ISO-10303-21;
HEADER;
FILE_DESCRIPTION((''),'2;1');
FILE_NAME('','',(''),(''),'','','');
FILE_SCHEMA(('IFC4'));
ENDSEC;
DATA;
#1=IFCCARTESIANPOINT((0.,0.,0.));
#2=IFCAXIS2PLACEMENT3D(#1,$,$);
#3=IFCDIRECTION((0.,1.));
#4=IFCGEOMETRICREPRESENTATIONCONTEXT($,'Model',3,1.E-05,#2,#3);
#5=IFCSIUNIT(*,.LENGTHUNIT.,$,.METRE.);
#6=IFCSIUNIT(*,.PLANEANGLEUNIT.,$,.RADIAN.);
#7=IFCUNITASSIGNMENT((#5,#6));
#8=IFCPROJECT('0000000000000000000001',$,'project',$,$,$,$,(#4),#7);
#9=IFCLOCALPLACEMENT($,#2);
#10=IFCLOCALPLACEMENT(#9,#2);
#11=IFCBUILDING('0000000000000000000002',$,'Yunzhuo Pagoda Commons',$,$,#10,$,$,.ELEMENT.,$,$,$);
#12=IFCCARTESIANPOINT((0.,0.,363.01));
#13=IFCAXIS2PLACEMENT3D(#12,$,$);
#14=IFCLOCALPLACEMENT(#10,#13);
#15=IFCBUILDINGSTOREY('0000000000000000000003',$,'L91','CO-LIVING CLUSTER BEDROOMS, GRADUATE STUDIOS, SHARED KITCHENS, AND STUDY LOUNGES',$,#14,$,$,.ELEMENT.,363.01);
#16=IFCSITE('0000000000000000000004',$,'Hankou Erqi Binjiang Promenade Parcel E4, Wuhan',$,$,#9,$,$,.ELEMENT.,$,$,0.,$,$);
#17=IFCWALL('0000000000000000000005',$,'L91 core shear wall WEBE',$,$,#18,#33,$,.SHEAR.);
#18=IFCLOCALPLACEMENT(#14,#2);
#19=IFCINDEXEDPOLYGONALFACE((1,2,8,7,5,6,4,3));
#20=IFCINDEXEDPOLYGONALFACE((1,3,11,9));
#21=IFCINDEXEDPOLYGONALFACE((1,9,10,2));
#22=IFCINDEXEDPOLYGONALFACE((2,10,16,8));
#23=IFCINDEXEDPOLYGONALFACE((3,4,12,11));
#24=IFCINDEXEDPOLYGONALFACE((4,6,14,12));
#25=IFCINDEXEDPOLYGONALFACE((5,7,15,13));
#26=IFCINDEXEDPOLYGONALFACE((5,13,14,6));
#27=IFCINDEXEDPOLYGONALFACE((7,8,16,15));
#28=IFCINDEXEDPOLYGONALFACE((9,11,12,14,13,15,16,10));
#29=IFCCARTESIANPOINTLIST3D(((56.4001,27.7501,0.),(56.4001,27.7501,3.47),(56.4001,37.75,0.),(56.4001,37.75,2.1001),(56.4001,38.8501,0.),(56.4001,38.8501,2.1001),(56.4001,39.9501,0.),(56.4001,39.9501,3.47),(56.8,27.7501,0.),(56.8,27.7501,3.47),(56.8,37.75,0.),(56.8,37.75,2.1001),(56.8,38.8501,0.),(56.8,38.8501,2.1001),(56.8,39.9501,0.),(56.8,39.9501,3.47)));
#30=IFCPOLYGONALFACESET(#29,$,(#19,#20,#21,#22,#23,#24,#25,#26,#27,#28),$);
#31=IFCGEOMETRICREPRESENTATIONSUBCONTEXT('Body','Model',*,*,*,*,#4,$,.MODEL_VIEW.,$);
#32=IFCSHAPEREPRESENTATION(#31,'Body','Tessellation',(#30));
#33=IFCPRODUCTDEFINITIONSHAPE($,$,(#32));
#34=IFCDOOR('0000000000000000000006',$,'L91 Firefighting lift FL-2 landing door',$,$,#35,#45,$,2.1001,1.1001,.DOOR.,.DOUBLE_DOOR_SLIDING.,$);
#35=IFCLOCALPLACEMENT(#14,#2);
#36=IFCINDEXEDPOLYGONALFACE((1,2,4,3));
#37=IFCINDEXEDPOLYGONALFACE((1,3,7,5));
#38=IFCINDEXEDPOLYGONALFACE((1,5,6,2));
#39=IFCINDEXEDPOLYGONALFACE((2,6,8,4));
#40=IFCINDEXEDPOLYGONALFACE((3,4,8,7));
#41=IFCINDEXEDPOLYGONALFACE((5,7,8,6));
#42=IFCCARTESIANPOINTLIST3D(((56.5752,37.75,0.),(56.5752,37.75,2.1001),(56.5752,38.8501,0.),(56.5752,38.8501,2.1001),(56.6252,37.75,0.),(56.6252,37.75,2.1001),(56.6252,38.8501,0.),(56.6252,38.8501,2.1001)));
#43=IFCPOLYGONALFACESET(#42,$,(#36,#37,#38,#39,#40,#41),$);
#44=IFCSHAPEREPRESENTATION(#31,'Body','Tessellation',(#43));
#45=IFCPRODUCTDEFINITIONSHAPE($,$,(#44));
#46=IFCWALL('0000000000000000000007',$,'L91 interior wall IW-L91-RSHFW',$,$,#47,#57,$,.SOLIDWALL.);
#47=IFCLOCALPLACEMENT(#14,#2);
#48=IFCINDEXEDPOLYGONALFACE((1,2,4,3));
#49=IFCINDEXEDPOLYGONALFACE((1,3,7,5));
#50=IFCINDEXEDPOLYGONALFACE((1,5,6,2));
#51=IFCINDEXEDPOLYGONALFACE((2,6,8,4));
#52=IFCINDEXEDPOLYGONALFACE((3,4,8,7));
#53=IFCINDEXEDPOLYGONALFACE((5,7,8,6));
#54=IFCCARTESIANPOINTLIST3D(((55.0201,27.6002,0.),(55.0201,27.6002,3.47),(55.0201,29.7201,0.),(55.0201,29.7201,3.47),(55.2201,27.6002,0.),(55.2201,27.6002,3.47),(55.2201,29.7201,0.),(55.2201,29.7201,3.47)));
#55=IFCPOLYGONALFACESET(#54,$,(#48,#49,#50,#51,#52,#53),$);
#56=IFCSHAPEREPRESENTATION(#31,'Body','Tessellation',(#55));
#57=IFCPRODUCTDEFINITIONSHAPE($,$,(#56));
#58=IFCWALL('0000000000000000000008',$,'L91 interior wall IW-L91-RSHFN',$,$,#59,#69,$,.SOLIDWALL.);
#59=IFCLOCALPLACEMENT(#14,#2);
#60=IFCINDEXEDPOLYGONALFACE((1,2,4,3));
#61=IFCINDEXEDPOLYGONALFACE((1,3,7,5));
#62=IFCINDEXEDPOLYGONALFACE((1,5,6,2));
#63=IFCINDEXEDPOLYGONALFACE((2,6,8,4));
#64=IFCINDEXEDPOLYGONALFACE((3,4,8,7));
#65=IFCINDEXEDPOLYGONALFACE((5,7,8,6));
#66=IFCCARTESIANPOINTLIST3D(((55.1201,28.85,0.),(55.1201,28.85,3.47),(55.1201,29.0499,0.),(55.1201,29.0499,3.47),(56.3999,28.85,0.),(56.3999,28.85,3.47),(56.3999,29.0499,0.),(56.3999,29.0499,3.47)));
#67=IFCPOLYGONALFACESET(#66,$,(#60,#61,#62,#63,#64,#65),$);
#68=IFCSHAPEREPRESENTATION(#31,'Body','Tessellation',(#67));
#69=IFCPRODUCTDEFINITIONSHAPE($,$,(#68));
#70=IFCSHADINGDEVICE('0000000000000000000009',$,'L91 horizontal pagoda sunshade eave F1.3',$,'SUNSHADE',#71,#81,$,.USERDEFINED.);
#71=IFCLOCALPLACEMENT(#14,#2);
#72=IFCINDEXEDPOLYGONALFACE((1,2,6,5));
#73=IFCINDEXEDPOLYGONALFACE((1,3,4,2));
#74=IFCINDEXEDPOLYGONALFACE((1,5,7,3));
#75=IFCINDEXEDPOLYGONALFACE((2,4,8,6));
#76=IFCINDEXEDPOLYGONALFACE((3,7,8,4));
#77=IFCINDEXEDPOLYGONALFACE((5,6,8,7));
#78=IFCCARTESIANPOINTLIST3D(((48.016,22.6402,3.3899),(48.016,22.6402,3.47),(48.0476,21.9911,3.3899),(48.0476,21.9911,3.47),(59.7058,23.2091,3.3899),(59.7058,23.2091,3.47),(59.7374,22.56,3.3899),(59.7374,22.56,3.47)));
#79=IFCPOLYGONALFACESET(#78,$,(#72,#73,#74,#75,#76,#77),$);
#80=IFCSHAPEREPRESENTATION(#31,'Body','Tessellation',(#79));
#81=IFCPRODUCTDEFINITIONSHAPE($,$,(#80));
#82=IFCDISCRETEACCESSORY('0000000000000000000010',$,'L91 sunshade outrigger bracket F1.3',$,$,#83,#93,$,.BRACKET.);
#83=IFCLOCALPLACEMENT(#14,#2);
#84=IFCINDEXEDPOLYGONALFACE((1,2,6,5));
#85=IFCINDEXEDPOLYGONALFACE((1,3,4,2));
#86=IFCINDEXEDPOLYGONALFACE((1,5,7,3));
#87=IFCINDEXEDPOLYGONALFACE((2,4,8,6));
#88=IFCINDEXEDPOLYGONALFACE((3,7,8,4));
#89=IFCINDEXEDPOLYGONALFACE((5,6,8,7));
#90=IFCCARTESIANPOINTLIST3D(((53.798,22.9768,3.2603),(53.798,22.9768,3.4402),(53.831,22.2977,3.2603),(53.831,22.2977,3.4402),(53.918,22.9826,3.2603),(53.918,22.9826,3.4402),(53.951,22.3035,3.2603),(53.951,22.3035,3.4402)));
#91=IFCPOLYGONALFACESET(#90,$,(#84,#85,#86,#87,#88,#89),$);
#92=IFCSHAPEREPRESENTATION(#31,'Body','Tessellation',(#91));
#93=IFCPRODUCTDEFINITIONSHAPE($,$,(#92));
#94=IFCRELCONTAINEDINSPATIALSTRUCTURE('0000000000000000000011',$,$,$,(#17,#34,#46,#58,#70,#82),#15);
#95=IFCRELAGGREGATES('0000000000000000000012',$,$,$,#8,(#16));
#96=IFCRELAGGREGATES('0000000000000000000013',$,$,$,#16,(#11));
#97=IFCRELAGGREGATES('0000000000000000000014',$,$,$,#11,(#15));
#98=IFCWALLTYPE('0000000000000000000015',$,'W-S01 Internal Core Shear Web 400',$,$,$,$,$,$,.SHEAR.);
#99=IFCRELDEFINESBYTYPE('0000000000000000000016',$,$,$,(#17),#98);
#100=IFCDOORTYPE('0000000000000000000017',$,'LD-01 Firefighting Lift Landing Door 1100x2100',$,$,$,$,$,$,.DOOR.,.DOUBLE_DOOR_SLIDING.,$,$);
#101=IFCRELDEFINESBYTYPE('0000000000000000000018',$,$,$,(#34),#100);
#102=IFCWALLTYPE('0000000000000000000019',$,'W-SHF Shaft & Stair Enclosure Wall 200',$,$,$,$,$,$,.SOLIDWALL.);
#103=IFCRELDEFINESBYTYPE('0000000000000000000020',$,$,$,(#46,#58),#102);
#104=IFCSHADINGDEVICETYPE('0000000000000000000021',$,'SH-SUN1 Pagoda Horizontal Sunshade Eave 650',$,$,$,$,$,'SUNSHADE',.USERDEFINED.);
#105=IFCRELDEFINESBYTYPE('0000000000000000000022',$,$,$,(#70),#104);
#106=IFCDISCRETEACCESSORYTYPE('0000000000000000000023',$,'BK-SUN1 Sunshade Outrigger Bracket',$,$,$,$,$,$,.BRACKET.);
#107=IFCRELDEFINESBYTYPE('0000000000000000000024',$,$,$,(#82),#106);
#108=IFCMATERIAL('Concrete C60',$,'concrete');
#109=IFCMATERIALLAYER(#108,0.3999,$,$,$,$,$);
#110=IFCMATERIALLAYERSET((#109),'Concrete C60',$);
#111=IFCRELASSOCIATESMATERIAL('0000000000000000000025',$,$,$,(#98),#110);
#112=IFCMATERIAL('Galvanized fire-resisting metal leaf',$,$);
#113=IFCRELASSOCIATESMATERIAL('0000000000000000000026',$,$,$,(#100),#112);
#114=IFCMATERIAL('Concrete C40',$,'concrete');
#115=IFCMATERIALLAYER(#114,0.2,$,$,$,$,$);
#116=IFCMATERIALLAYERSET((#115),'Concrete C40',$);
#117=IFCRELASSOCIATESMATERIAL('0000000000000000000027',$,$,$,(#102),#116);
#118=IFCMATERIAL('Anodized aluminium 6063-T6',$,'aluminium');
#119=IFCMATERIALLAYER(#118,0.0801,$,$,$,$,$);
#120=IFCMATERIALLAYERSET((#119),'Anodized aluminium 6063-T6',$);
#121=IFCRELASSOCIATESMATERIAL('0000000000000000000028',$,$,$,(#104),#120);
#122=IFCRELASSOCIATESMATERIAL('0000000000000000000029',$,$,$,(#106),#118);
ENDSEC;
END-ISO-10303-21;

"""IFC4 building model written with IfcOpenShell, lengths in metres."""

from ifc_helpers import new_model, si_unit, direction, frame, frame_2d, origin, origin_with_axes, origin_2d, place, context, subcontext, project, spatial, rectangle, extrude, source, transform, mapped, material, layer, layer_set, type_object, element, fill, save


model = new_model("IFC4")

# Units and contexts
model_context = context("Model", 3, precision=1e-05, world=origin(), true_north=direction((0.0, 1.0)))
body_context = subcontext(model_context, "Body", "Model", "MODEL_VIEW")
ifc_project = project(units=[si_unit("LENGTHUNIT", "METRE"), si_unit("PLANEANGLEUNIT", "RADIAN")], contexts=[model_context])

# Site, building, storey
site_placement = place(None, origin())
site = spatial("IfcSite", under=ifc_project, at=site_placement, Name="Hankou Erqi Binjiang Promenade Parcel E4, Wuhan", CompositionType="ELEMENT", RefElevation=0.0)
building_placement = place(site_placement, origin())
building = spatial("IfcBuilding", under=site, at=building_placement, Name="Yunzhuo Pagoda Commons", CompositionType="ELEMENT")
storey_placement = place(building_placement, frame((0.0, 0.0, 363.01)))
storey = spatial("IfcBuildingStorey", under=building, at=storey_placement, Name="L91", Description="CO-LIVING CLUSTER BEDROOMS, GRADUATE STUDIOS, SHARED KITCHENS, AND STUDY LOUNGES", CompositionType="ELEMENT", Elevation=363.01)

# Shared definitions
ifc_material_1 = material(Name="Anodized aluminium 6063-T6", Category="aluminium")

# Shared definitions
ifc_material_2 = material(Name="Galvanized fire-resisting metal leaf")

# Wall, opening, door
ifc_material_3 = material(Name="Concrete C60", Category="concrete")
ifc_layer_1 = layer(ifc_material_3, 0.3999)
ifc_layer_set_1 = layer_set([ifc_layer_1], Name="Concrete C60")
wall_type_1 = type_object("IfcWallType", Name="W-S01 Internal Core Shear Web 400", PredefinedType="SHEAR", material=ifc_layer_set_1)
wall_1_placement = place(storey_placement, frame((56.6001, 27.75, 0.0), z_axis=(0.0, 0.0, 1.0), x_axis=(0.0, 1.0, 0.0)))
wall_1 = element("IfcWall", 1, at=wall_1_placement, inside=storey, type_object=wall_type_1, Name="L91 core shear wall WEBE", PredefinedType="SHEAR", context=body_context, shape_type="SweptSolid", body=[
    extrude(rectangle(XDim=12.2, YDim=0.3999, at=frame_2d((6.1001, 0.0))), origin(), (0.0, 0.0, 1.0), 3.47),
])
opening_1_placement = place(wall_1_placement, frame((10.0, 0.0, 0.0)))
opening_1 = element("IfcOpeningElement", 2, at=opening_1_placement, cuts=wall_1, PredefinedType="OPENING", context=body_context, shape_type="SweptSolid", body=[
    extrude(rectangle(XDim=1.1001, YDim=2.1001, at=frame_2d((0.55, 1.05))), frame((0.0, 0.21, 0.0), z_axis=(0.0, -1.0, 0.0), x_axis=(1.0, 0.0, 0.0)), (0.0, 0.0, 1.0), 0.4199),
])
door_type_1 = type_object("IfcDoorType", Name="LD-01 Firefighting Lift Landing Door 1100x2100", OperationType="DOUBLE_DOOR_SLIDING", PredefinedType="DOOR", material=ifc_material_2)
shared_shape_1 = source(origin(), body_context, "Body", "SweptSolid", [
    extrude(rectangle(XDim=1.1001, YDim=2.1001, at=frame_2d((0.55, 1.05))), frame((0.0, 0.0249, 0.0), z_axis=(0.0, -1.0, 0.0), x_axis=(1.0, 0.0, 0.0)), (0.0, 0.0, 1.0), 0.05),
])
door_1_placement = place(opening_1_placement, origin_with_axes())
door_1 = element("IfcDoor", 3, at=door_1_placement, inside=storey, type_object=door_type_1, Name="L91 Firefighting lift FL-2 landing door", OperationType="DOUBLE_DOOR_SLIDING", OverallHeight=2.1001, OverallWidth=1.1001, PredefinedType="DOOR", context=body_context, shape_type="MappedRepresentation", body=[
    mapped(shared_shape_1, transform((0.0, 0.0, 0.0), scale=1.0)),
])
fill(opening_1, door_1)

# Walls
ifc_material_4 = material(Name="Concrete C40", Category="concrete")
ifc_layer_2 = layer(ifc_material_4, 0.2)
ifc_layer_set_2 = layer_set([ifc_layer_2], Name="Concrete C40")
wall_type_2 = type_object("IfcWallType", Name="W-SHF Shaft & Stair Enclosure Wall 200", PredefinedType="SOLIDWALL", material=ifc_layer_set_2)
wall_2_placement = place(storey_placement, frame((55.1201, 27.6001, 0.0), z_axis=(0.0, 0.0, 1.0), x_axis=(0.0, 1.0, 0.0)))
element("IfcWall", 4, at=wall_2_placement, inside=storey, type_object=wall_type_2, Name="L91 interior wall IW-L91-RSHFW", PredefinedType="SOLIDWALL", context=body_context, shape_type="SweptSolid", body=[
    extrude(rectangle(XDim=2.1199, YDim=0.2, at=frame_2d((1.0601, 0.0))), origin(), (0.0, 0.0, 1.0), 3.47),
])
wall_3_placement = place(storey_placement, frame((55.1201, 28.95, 0.0), z_axis=(0.0, 0.0, 1.0), x_axis=(1.0, 0.0, 0.0)))
element("IfcWall", 5, at=wall_3_placement, inside=storey, type_object=wall_type_2, Name="L91 interior wall IW-L91-RSHFN", PredefinedType="SOLIDWALL", context=body_context, shape_type="SweptSolid", body=[
    extrude(rectangle(XDim=1.2798, YDim=0.2, at=frame_2d((0.6399, 0.0))), origin(), (0.0, 0.0, 1.0), 3.47),
])

# Shading device
ifc_layer_3 = layer(ifc_material_1, 0.0801)
ifc_layer_set_3 = layer_set([ifc_layer_3], Name="Anodized aluminium 6063-T6")
shading_device_type = type_object("IfcShadingDeviceType", Name="SH-SUN1 Pagoda Horizontal Sunshade Eave 650", ElementType="SUNSHADE", PredefinedType="USERDEFINED", material=ifc_layer_set_3)
shared_shape_2 = source(origin(), body_context, "Body", "SweptSolid", [
    extrude(rectangle(XDim=11.7036, YDim=0.6499, at=origin_2d()), origin(), (0.0, 0.0, 1.0), 0.0801),
])
shading_device_placement = place(storey_placement, frame((53.8767, 22.6001, 3.3899), z_axis=(0.0, 0.0, 1.0), x_axis=(0.998818, 0.048606, 0.0)))
element("IfcShadingDevice", 6, at=shading_device_placement, inside=storey, type_object=shading_device_type, Name="L91 horizontal pagoda sunshade eave F1.3", ObjectType="SUNSHADE", PredefinedType="USERDEFINED", context=body_context, shape_type="MappedRepresentation", body=[
    mapped(shared_shape_2, transform((0.0, 0.0, 0.0), scale=1.0)),
])

# Discrete accessory
discrete_accessory_type = type_object("IfcDiscreteAccessoryType", Name="BK-SUN1 Sunshade Outrigger Bracket", PredefinedType="BRACKET", material=ifc_material_1)
shared_shape_3 = source(origin(), body_context, "Body", "SweptSolid", [
    extrude(rectangle(XDim=0.1201, YDim=0.6799, at=origin_2d()), origin(), (0.0, 0.0, 1.0), 0.1799),
])
discrete_accessory_placement = place(storey_placement, frame((53.8745, 22.6401, 3.2603), z_axis=(0.0, 0.0, 1.0), x_axis=(0.998818, 0.048606, 0.0)))
element("IfcDiscreteAccessory", 7, at=discrete_accessory_placement, inside=storey, type_object=discrete_accessory_type, Name="L91 sunshade outrigger bracket F1.3", PredefinedType="BRACKET", context=body_context, shape_type="MappedRepresentation", body=[
    mapped(shared_shape_3, transform((0.0, 0.0, 0.0), scale=1.0)),
])

save(model, "model.ifc")
